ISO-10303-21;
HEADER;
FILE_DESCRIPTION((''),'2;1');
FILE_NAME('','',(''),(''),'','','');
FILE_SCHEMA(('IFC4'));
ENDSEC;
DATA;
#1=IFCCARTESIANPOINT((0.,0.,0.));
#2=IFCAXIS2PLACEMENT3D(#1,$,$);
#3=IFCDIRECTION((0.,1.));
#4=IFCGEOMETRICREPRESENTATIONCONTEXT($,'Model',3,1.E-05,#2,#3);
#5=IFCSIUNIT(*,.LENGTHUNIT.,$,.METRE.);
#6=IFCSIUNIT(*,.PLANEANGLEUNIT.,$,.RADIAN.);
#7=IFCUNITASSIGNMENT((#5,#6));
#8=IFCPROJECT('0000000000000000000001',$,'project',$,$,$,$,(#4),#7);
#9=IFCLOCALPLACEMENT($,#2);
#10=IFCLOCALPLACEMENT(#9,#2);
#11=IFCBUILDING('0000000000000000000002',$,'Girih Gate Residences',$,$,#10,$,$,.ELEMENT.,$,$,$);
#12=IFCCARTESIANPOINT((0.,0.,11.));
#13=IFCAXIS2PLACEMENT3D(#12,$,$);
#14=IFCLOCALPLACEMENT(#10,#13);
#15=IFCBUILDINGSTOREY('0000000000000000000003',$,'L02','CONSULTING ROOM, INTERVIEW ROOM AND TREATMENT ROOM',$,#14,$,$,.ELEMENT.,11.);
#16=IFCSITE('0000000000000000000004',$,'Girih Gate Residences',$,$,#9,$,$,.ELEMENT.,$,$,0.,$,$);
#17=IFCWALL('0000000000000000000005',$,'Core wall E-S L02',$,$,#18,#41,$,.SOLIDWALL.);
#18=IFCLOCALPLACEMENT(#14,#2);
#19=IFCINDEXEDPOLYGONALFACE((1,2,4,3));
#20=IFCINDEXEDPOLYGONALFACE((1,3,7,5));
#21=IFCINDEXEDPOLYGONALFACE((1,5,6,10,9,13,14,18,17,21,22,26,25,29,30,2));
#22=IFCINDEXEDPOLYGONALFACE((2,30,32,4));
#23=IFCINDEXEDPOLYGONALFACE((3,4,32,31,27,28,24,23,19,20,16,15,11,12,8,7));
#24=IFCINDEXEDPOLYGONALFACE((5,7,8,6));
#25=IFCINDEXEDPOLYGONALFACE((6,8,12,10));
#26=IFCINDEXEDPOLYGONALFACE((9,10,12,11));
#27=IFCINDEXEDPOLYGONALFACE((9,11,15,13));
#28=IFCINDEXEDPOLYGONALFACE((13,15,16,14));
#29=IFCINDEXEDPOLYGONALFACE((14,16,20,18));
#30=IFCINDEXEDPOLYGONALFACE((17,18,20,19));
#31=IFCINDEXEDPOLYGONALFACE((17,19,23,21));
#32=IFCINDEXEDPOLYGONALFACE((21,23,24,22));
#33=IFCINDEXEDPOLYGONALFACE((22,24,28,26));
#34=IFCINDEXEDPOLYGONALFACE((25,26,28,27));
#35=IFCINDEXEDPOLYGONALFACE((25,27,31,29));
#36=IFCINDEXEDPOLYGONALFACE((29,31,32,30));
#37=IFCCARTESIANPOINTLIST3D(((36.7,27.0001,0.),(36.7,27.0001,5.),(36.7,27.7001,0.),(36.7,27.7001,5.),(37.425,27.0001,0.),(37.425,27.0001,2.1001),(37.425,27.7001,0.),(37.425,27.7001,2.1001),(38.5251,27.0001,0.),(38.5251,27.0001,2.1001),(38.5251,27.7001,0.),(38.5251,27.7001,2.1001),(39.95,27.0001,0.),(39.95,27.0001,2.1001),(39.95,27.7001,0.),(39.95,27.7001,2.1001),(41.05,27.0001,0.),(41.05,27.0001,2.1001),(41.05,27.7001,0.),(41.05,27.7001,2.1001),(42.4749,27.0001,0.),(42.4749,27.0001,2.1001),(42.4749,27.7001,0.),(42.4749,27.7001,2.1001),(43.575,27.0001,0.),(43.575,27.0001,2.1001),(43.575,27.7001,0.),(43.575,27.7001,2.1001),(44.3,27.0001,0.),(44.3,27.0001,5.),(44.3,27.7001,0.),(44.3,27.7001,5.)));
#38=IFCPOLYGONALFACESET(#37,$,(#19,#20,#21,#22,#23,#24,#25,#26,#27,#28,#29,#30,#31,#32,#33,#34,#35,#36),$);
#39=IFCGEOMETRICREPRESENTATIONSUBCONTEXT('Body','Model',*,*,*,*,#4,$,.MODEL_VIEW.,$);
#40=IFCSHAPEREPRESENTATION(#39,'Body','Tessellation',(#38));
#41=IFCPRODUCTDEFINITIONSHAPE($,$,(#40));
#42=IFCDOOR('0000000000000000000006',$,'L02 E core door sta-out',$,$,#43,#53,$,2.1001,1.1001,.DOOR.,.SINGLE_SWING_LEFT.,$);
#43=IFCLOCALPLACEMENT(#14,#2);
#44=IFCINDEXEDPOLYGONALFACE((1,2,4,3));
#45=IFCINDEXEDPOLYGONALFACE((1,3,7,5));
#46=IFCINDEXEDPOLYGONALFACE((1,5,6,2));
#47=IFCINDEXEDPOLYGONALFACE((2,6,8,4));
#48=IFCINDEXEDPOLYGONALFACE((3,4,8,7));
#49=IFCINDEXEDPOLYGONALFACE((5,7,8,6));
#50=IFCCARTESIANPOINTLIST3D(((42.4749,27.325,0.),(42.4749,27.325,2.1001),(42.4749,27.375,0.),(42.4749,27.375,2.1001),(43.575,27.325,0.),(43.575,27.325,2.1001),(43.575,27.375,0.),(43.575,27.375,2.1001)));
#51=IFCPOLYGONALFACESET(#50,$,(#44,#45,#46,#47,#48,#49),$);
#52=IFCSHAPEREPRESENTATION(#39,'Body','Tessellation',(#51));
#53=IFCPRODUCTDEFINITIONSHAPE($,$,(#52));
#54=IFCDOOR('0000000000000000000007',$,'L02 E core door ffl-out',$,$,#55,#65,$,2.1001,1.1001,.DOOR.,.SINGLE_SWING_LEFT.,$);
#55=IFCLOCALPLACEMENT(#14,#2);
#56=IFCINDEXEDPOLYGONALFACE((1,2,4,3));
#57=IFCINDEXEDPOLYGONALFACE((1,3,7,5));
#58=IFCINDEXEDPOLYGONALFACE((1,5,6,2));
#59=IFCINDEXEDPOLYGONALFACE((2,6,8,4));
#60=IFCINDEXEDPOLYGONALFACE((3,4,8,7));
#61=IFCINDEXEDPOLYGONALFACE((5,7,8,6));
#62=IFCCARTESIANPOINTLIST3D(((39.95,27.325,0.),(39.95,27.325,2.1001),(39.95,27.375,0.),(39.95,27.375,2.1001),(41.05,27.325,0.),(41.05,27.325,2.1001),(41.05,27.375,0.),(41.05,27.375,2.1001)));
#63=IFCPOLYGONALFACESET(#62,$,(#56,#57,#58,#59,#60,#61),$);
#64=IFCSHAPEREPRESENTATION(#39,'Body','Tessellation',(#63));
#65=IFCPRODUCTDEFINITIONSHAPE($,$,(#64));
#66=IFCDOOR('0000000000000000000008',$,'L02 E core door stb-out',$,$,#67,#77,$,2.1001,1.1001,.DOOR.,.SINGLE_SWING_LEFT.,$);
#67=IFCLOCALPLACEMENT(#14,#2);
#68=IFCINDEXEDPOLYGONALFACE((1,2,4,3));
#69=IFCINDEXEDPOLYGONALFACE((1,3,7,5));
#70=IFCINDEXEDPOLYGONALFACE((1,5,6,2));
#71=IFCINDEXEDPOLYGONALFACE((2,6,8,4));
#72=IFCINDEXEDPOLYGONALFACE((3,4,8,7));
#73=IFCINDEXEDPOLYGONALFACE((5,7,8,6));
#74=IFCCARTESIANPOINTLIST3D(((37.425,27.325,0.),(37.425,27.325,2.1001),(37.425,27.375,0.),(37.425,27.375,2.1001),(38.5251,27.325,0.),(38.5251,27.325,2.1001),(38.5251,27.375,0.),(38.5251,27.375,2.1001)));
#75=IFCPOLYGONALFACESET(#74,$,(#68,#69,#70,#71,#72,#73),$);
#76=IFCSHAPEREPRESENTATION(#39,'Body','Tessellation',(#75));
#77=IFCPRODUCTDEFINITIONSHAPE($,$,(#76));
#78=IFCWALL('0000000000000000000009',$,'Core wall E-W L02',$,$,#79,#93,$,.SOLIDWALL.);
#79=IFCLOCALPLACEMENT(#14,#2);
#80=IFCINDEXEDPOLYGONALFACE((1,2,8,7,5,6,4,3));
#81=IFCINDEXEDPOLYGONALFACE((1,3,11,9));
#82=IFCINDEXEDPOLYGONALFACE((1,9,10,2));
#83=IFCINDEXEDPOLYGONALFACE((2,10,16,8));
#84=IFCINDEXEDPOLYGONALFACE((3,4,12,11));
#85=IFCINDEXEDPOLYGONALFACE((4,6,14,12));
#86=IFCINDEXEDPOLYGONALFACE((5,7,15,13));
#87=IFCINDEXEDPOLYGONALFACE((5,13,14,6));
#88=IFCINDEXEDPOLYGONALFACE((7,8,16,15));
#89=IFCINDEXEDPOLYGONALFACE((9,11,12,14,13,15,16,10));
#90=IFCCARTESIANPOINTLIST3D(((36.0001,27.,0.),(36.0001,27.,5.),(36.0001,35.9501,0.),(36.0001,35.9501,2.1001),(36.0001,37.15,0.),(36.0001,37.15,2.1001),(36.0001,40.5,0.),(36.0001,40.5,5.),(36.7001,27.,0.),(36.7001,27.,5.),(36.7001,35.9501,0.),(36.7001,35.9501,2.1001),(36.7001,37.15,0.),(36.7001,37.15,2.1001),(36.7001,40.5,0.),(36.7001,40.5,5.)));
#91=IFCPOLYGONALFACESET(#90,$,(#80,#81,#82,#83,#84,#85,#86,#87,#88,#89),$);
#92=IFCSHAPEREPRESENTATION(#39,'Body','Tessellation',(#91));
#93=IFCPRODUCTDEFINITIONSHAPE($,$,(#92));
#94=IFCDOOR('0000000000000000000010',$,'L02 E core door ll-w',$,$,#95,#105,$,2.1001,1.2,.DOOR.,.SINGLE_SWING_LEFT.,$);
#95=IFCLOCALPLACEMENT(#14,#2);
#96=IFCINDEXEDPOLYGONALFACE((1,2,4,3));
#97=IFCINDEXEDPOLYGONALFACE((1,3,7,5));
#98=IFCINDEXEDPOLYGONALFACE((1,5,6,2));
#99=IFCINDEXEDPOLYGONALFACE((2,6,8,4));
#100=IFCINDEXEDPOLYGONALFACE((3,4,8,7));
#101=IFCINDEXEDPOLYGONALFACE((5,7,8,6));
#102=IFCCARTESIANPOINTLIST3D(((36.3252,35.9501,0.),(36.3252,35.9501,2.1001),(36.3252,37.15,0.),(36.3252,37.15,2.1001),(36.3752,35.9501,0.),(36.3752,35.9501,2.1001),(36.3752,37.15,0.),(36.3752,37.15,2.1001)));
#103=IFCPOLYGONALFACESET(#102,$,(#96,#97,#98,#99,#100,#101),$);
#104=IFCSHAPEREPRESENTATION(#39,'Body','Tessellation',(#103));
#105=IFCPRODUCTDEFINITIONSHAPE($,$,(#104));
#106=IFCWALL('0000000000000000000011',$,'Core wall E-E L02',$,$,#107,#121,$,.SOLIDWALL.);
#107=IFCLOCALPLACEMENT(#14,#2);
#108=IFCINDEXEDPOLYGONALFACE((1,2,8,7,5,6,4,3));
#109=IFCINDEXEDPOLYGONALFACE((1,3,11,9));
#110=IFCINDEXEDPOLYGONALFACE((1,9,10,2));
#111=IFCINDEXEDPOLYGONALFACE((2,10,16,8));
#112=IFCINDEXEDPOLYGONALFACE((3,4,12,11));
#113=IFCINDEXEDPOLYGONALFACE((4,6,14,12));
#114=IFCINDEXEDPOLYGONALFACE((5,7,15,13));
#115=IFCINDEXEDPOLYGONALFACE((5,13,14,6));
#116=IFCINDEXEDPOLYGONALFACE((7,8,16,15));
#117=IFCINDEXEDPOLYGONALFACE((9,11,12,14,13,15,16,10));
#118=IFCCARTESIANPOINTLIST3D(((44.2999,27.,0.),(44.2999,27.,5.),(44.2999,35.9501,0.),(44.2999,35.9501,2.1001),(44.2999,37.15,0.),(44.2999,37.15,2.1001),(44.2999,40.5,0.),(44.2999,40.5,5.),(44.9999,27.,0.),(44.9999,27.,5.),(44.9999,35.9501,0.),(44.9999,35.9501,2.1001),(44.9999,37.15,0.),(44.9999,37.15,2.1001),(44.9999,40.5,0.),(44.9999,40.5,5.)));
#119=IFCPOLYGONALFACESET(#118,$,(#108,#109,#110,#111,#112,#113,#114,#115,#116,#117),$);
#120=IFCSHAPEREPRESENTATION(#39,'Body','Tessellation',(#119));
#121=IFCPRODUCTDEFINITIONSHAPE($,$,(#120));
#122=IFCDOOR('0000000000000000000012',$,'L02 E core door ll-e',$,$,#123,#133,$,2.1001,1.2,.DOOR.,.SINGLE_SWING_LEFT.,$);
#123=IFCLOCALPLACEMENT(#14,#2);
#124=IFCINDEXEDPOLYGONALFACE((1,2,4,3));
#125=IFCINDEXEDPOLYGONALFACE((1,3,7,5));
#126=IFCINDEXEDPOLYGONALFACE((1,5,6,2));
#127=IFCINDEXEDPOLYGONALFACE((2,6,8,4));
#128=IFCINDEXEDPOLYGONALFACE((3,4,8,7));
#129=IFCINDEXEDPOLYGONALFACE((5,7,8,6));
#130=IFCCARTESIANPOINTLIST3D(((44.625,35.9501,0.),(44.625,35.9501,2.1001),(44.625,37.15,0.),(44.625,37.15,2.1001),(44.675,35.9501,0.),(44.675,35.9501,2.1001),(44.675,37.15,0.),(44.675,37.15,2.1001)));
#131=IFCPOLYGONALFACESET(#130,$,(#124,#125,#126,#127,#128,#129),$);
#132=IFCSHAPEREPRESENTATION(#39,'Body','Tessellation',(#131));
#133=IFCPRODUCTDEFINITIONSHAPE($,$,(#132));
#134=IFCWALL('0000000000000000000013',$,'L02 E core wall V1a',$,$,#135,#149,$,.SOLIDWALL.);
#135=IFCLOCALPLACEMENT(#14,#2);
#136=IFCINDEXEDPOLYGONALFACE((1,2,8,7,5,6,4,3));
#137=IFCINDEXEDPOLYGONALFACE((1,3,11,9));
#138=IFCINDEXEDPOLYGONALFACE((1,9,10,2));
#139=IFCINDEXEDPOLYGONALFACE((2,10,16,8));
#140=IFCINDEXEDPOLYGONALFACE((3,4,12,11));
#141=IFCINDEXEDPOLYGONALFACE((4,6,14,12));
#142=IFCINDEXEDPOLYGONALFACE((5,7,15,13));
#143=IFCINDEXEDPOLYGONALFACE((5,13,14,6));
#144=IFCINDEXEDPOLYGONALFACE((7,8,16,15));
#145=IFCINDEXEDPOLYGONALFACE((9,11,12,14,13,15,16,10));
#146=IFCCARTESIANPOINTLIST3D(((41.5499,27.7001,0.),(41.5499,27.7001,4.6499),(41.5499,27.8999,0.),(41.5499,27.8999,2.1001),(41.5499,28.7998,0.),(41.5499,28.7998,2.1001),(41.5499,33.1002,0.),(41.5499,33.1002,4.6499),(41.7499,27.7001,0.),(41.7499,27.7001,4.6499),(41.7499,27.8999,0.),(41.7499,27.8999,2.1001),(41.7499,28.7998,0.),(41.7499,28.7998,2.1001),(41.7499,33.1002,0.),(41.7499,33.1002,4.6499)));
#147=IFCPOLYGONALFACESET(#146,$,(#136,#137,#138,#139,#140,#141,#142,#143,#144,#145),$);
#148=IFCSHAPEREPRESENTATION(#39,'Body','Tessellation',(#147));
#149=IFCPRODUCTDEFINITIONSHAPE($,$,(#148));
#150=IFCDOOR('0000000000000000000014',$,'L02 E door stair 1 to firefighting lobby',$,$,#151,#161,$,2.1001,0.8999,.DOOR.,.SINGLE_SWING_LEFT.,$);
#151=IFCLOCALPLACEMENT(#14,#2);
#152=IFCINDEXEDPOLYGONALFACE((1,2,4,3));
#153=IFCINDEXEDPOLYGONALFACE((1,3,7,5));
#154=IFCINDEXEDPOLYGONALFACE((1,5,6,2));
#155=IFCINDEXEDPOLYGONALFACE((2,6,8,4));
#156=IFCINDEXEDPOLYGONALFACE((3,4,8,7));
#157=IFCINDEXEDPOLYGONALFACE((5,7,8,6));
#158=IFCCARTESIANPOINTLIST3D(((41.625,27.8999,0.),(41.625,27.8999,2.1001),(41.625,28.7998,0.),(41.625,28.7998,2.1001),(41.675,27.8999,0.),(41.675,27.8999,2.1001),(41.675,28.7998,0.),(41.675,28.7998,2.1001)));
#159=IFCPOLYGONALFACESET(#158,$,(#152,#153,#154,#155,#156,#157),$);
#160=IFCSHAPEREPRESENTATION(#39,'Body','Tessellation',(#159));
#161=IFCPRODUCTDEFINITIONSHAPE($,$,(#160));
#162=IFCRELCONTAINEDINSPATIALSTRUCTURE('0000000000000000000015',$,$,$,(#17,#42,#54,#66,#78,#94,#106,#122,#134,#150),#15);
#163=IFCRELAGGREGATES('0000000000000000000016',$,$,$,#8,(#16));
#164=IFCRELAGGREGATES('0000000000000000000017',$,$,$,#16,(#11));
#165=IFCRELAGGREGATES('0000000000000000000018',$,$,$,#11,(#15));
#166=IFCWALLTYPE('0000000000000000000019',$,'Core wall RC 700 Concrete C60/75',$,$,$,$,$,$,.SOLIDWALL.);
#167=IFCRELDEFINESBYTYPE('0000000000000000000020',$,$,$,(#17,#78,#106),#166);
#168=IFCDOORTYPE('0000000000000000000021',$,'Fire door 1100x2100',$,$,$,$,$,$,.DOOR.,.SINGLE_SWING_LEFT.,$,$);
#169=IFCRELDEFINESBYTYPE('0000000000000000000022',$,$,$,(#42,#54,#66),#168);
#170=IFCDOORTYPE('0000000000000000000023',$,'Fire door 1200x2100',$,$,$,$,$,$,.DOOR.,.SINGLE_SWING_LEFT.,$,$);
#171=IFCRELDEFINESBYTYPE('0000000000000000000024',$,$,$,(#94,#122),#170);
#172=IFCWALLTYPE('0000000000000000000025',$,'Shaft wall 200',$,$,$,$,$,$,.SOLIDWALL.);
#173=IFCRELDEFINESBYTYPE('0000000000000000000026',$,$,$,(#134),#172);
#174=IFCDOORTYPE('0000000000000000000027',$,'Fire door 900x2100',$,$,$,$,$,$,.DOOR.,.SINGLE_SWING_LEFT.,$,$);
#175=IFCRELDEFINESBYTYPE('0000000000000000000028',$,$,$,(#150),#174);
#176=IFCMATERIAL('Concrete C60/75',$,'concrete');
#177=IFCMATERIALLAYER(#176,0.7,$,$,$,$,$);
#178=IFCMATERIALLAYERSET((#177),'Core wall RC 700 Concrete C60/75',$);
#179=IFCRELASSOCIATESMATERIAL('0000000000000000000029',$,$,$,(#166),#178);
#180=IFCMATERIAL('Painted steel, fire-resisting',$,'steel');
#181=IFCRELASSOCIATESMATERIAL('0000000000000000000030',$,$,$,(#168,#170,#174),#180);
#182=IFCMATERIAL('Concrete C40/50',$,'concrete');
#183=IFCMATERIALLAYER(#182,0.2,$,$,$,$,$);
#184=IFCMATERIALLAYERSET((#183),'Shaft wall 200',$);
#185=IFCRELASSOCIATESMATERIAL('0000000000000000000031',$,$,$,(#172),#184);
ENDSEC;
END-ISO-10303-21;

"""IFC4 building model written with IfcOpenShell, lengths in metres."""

from ifc_helpers import new_model, si_unit, direction, frame, frame_2d, origin, place, context, subcontext, project, spatial, rectangle, extrude, material, layer, layer_set, type_object, element, fill, save


model = new_model("IFC4")

# Units and contexts
model_context = context("Model", 3, precision=1e-05, world=origin(), true_north=direction((0.0, 1.0)))
body_context = subcontext(model_context, "Body", "Model", "MODEL_VIEW")
ifc_project = project(units=[si_unit("LENGTHUNIT", "METRE"), si_unit("PLANEANGLEUNIT", "RADIAN")], contexts=[model_context])

# Site, building, storey
site_placement = place(None, origin())
site = spatial("IfcSite", under=ifc_project, at=site_placement, Name="Girih Gate Residences", CompositionType="ELEMENT", RefElevation=0.0)
building_placement = place(site_placement, origin())
building = spatial("IfcBuilding", under=site, at=building_placement, Name="Girih Gate Residences", CompositionType="ELEMENT")
storey_placement = place(building_placement, frame((0.0, 0.0, 11.0)))
storey = spatial("IfcBuildingStorey", under=building, at=storey_placement, Name="L02", Description="CONSULTING ROOM, INTERVIEW ROOM AND TREATMENT ROOM", CompositionType="ELEMENT", Elevation=11.0)

# Shared definitions
ifc_material_1 = material(Name="Concrete C60/75", Category="concrete")

# Wall, openings, doors
ifc_layer_1 = layer(ifc_material_1, 0.7)
ifc_layer_set_1 = layer_set([ifc_layer_1], Name="Core wall RC 700 Concrete C60/75")
wall_type_1 = type_object("IfcWallType", Name="Core wall RC 700 Concrete C60/75", PredefinedType="SOLIDWALL", material=ifc_layer_set_1)
wall_1_placement = place(storey_placement, frame((36.7, 27.3501, 0.0), z_axis=(0.0, 0.0, 1.0), x_axis=(1.0, 0.0, 0.0)))
wall_1 = element("IfcWall", 1, at=wall_1_placement, inside=storey, type_object=wall_type_1, Name="Core wall E-S L02", PredefinedType="SOLIDWALL", context=body_context, shape_type="SweptSolid", body=[
    extrude(rectangle(XDim=7.6001, YDim=0.7, at=frame_2d((3.8, 0.0))), origin(), (0.0, 0.0, 1.0), 5.0),
])
opening_1_placement = place(wall_1_placement, frame((5.7749, 0.0, 0.0)))
opening_1 = element("IfcOpeningElement", 2, at=opening_1_placement, cuts=wall_1, PredefinedType="OPENING", context=body_context, shape_type="SweptSolid", body=[
    extrude(rectangle(XDim=1.1001, YDim=2.1001, at=frame_2d((0.55, 1.05))), frame((0.0, 0.3599, 0.0), z_axis=(0.0, -1.0, 0.0), x_axis=(1.0, 0.0, 0.0)), (0.0, 0.0, 1.0), 0.72),
])
opening_2_placement = place(wall_1_placement, frame((3.25, 0.0, 0.0)))
opening_2 = element("IfcOpeningElement", 3, at=opening_2_placement, cuts=wall_1, PredefinedType="OPENING", context=body_context, shape_type="SweptSolid", body=[
    extrude(rectangle(XDim=1.1001, YDim=2.1001, at=frame_2d((0.55, 1.05))), frame((0.0, 0.3599, 0.0), z_axis=(0.0, -1.0, 0.0), x_axis=(1.0, 0.0, 0.0)), (0.0, 0.0, 1.0), 0.72),
])
opening_3_placement = place(wall_1_placement, frame((0.7251, 0.0, 0.0)))
opening_3 = element("IfcOpeningElement", 4, at=opening_3_placement, cuts=wall_1, PredefinedType="OPENING", context=body_context, shape_type="SweptSolid", body=[
    extrude(rectangle(XDim=1.1001, YDim=2.1001, at=frame_2d((0.55, 1.05))), frame((0.0, 0.3599, 0.0), z_axis=(0.0, -1.0, 0.0), x_axis=(1.0, 0.0, 0.0)), (0.0, 0.0, 1.0), 0.72),
])
ifc_material_2 = material(Name="Painted steel, fire-resisting", Category="steel")
door_type_1 = type_object("IfcDoorType", Name="Fire door 1100x2100", OperationType="SINGLE_SWING_LEFT", PredefinedType="DOOR", material=ifc_material_2)
door_1_placement = place(opening_1_placement, origin())
door_1 = element("IfcDoor", 5, at=door_1_placement, inside=storey, type_object=door_type_1, Name="L02 E core door sta-out", OperationType="SINGLE_SWING_LEFT", OverallHeight=2.1001, OverallWidth=1.1001, PredefinedType="DOOR", context=body_context, shape_type="SweptSolid", body=[
    extrude(rectangle(XDim=1.1001, YDim=2.1001, at=frame_2d((0.55, 1.05))), frame((0.0, 0.0249, 0.0), z_axis=(0.0, -1.0, 0.0), x_axis=(1.0, 0.0, 0.0)), (0.0, 0.0, 1.0), 0.05),
])
fill(opening_1, door_1)
door_2_placement = place(opening_2_placement, origin())
door_2 = element("IfcDoor", 6, at=door_2_placement, inside=storey, type_object=door_type_1, Name="L02 E core door ffl-out", OperationType="SINGLE_SWING_LEFT", OverallHeight=2.1001, OverallWidth=1.1001, PredefinedType="DOOR", context=body_context, shape_type="SweptSolid", body=[
    extrude(rectangle(XDim=1.1001, YDim=2.1001, at=frame_2d((0.55, 1.05))), frame((0.0, 0.0249, 0.0), z_axis=(0.0, -1.0, 0.0), x_axis=(1.0, 0.0, 0.0)), (0.0, 0.0, 1.0), 0.05),
])
fill(opening_2, door_2)
door_3_placement = place(opening_3_placement, origin())
door_3 = element("IfcDoor", 7, at=door_3_placement, inside=storey, type_object=door_type_1, Name="L02 E core door stb-out", OperationType="SINGLE_SWING_LEFT", OverallHeight=2.1001, OverallWidth=1.1001, PredefinedType="DOOR", context=body_context, shape_type="SweptSolid", body=[
    extrude(rectangle(XDim=1.1001, YDim=2.1001, at=frame_2d((0.55, 1.05))), frame((0.0, 0.0249, 0.0), z_axis=(0.0, -1.0, 0.0), x_axis=(1.0, 0.0, 0.0)), (0.0, 0.0, 1.0), 0.05),
])
fill(opening_3, door_3)

# Walls, openings, doors
wall_2_placement = place(storey_placement, frame((36.3501, 27.0, 0.0), z_axis=(0.0, 0.0, 1.0), x_axis=(0.0, 1.0, 0.0)))
wall_2 = element("IfcWall", 8, at=wall_2_placement, inside=storey, type_object=wall_type_1, Name="Core wall E-W L02", PredefinedType="SOLIDWALL", context=body_context, shape_type="SweptSolid", body=[
    extrude(rectangle(XDim=13.5, YDim=0.7, at=frame_2d((6.75, 0.0))), origin(), (0.0, 0.0, 1.0), 5.0),
])
opening_4_placement = place(wall_2_placement, frame((8.95, 0.0, 0.0)))
opening_4 = element("IfcOpeningElement", 9, at=opening_4_placement, cuts=wall_2, PredefinedType="OPENING", context=body_context, shape_type="SweptSolid", body=[
    extrude(rectangle(XDim=1.2, YDim=2.1001, at=frame_2d((0.6001, 1.05))), frame((0.0, 0.3599, 0.0), z_axis=(0.0, -1.0, 0.0), x_axis=(1.0, 0.0, 0.0)), (0.0, 0.0, 1.0), 0.72),
])
door_type_2 = type_object("IfcDoorType", Name="Fire door 1200x2100", OperationType="SINGLE_SWING_LEFT", PredefinedType="DOOR", material=ifc_material_2)
door_4_placement = place(opening_4_placement, origin())
door_4 = element("IfcDoor", 10, at=door_4_placement, inside=storey, type_object=door_type_2, Name="L02 E core door ll-w", OperationType="SINGLE_SWING_LEFT", OverallHeight=2.1001, OverallWidth=1.2, PredefinedType="DOOR", context=body_context, shape_type="SweptSolid", body=[
    extrude(rectangle(XDim=1.2, YDim=2.1001, at=frame_2d((0.6001, 1.05))), frame((0.0, 0.0249, 0.0), z_axis=(0.0, -1.0, 0.0), x_axis=(1.0, 0.0, 0.0)), (0.0, 0.0, 1.0), 0.05),
])
fill(opening_4, door_4)
wall_3_placement = place(storey_placement, frame((44.6499, 27.0, 0.0), z_axis=(0.0, 0.0, 1.0), x_axis=(0.0, 1.0, 0.0)))
wall_3 = element("IfcWall", 11, at=wall_3_placement, inside=storey, type_object=wall_type_1, Name="Core wall E-E L02", PredefinedType="SOLIDWALL", context=body_context, shape_type="SweptSolid", body=[
    extrude(rectangle(XDim=13.5, YDim=0.7, at=frame_2d((6.75, 0.0))), origin(), (0.0, 0.0, 1.0), 5.0),
])
opening_5_placement = place(wall_3_placement, frame((8.95, 0.0, 0.0)))
opening_5 = element("IfcOpeningElement", 12, at=opening_5_placement, cuts=wall_3, PredefinedType="OPENING", context=body_context, shape_type="SweptSolid", body=[
    extrude(rectangle(XDim=1.2, YDim=2.1001, at=frame_2d((0.6001, 1.05))), frame((0.0, 0.3599, 0.0), z_axis=(0.0, -1.0, 0.0), x_axis=(1.0, 0.0, 0.0)), (0.0, 0.0, 1.0), 0.72),
])
door_5_placement = place(opening_5_placement, origin())
door_5 = element("IfcDoor", 13, at=door_5_placement, inside=storey, type_object=door_type_2, Name="L02 E core door ll-e", OperationType="SINGLE_SWING_LEFT", OverallHeight=2.1001, OverallWidth=1.2, PredefinedType="DOOR", context=body_context, shape_type="SweptSolid", body=[
    extrude(rectangle(XDim=1.2, YDim=2.1001, at=frame_2d((0.6001, 1.05))), frame((0.0, 0.0249, 0.0), z_axis=(0.0, -1.0, 0.0), x_axis=(1.0, 0.0, 0.0)), (0.0, 0.0, 1.0), 0.05),
])
fill(opening_5, door_5)
ifc_material_3 = material(Name="Concrete C40/50", Category="concrete")
ifc_layer_2 = layer(ifc_material_3, 0.2)
ifc_layer_set_2 = layer_set([ifc_layer_2], Name="Shaft wall 200")
wall_type_2 = type_object("IfcWallType", Name="Shaft wall 200", PredefinedType="SOLIDWALL", material=ifc_layer_set_2)
wall_4_placement = place(storey_placement, frame((41.6499, 27.7, 0.0), z_axis=(0.0, 0.0, 1.0), x_axis=(0.0, 1.0, 0.0)))
wall_4 = element("IfcWall", 14, at=wall_4_placement, inside=storey, type_object=wall_type_2, Name="L02 E core wall V1a", PredefinedType="SOLIDWALL", context=body_context, shape_type="SweptSolid", body=[
    extrude(rectangle(XDim=5.4001, YDim=0.2, at=frame_2d((2.7002, 0.0))), origin(), (0.0, 0.0, 1.0), 4.6499),
])
opening_6_placement = place(wall_4_placement, frame((0.2, 0.0, 0.0)))
opening_6 = element("IfcOpeningElement", 15, at=opening_6_placement, cuts=wall_4, PredefinedType="OPENING", context=body_context, shape_type="SweptSolid", body=[
    extrude(rectangle(XDim=0.8999, YDim=2.1001, at=frame_2d((0.45, 1.05))), frame((0.0, 0.1099, 0.0), z_axis=(0.0, -1.0, 0.0), x_axis=(1.0, 0.0, 0.0)), (0.0, 0.0, 1.0), 0.22),
])
door_type_3 = type_object("IfcDoorType", Name="Fire door 900x2100", OperationType="SINGLE_SWING_LEFT", PredefinedType="DOOR", material=ifc_material_2)
door_6_placement = place(opening_6_placement, origin())
door_6 = element("IfcDoor", 16, at=door_6_placement, inside=storey, type_object=door_type_3, Name="L02 E door stair 1 to firefighting lobby", OperationType="SINGLE_SWING_LEFT", OverallHeight=2.1001, OverallWidth=0.8999, PredefinedType="DOOR", context=body_context, shape_type="SweptSolid", body=[
    extrude(rectangle(XDim=0.8999, YDim=2.1001, at=frame_2d((0.45, 1.05))), frame((0.0, 0.0249, 0.0), z_axis=(0.0, -1.0, 0.0), x_axis=(1.0, 0.0, 0.0)), (0.0, 0.0, 1.0), 0.05),
])
fill(opening_6, door_6)

save(model, "model.ifc")
